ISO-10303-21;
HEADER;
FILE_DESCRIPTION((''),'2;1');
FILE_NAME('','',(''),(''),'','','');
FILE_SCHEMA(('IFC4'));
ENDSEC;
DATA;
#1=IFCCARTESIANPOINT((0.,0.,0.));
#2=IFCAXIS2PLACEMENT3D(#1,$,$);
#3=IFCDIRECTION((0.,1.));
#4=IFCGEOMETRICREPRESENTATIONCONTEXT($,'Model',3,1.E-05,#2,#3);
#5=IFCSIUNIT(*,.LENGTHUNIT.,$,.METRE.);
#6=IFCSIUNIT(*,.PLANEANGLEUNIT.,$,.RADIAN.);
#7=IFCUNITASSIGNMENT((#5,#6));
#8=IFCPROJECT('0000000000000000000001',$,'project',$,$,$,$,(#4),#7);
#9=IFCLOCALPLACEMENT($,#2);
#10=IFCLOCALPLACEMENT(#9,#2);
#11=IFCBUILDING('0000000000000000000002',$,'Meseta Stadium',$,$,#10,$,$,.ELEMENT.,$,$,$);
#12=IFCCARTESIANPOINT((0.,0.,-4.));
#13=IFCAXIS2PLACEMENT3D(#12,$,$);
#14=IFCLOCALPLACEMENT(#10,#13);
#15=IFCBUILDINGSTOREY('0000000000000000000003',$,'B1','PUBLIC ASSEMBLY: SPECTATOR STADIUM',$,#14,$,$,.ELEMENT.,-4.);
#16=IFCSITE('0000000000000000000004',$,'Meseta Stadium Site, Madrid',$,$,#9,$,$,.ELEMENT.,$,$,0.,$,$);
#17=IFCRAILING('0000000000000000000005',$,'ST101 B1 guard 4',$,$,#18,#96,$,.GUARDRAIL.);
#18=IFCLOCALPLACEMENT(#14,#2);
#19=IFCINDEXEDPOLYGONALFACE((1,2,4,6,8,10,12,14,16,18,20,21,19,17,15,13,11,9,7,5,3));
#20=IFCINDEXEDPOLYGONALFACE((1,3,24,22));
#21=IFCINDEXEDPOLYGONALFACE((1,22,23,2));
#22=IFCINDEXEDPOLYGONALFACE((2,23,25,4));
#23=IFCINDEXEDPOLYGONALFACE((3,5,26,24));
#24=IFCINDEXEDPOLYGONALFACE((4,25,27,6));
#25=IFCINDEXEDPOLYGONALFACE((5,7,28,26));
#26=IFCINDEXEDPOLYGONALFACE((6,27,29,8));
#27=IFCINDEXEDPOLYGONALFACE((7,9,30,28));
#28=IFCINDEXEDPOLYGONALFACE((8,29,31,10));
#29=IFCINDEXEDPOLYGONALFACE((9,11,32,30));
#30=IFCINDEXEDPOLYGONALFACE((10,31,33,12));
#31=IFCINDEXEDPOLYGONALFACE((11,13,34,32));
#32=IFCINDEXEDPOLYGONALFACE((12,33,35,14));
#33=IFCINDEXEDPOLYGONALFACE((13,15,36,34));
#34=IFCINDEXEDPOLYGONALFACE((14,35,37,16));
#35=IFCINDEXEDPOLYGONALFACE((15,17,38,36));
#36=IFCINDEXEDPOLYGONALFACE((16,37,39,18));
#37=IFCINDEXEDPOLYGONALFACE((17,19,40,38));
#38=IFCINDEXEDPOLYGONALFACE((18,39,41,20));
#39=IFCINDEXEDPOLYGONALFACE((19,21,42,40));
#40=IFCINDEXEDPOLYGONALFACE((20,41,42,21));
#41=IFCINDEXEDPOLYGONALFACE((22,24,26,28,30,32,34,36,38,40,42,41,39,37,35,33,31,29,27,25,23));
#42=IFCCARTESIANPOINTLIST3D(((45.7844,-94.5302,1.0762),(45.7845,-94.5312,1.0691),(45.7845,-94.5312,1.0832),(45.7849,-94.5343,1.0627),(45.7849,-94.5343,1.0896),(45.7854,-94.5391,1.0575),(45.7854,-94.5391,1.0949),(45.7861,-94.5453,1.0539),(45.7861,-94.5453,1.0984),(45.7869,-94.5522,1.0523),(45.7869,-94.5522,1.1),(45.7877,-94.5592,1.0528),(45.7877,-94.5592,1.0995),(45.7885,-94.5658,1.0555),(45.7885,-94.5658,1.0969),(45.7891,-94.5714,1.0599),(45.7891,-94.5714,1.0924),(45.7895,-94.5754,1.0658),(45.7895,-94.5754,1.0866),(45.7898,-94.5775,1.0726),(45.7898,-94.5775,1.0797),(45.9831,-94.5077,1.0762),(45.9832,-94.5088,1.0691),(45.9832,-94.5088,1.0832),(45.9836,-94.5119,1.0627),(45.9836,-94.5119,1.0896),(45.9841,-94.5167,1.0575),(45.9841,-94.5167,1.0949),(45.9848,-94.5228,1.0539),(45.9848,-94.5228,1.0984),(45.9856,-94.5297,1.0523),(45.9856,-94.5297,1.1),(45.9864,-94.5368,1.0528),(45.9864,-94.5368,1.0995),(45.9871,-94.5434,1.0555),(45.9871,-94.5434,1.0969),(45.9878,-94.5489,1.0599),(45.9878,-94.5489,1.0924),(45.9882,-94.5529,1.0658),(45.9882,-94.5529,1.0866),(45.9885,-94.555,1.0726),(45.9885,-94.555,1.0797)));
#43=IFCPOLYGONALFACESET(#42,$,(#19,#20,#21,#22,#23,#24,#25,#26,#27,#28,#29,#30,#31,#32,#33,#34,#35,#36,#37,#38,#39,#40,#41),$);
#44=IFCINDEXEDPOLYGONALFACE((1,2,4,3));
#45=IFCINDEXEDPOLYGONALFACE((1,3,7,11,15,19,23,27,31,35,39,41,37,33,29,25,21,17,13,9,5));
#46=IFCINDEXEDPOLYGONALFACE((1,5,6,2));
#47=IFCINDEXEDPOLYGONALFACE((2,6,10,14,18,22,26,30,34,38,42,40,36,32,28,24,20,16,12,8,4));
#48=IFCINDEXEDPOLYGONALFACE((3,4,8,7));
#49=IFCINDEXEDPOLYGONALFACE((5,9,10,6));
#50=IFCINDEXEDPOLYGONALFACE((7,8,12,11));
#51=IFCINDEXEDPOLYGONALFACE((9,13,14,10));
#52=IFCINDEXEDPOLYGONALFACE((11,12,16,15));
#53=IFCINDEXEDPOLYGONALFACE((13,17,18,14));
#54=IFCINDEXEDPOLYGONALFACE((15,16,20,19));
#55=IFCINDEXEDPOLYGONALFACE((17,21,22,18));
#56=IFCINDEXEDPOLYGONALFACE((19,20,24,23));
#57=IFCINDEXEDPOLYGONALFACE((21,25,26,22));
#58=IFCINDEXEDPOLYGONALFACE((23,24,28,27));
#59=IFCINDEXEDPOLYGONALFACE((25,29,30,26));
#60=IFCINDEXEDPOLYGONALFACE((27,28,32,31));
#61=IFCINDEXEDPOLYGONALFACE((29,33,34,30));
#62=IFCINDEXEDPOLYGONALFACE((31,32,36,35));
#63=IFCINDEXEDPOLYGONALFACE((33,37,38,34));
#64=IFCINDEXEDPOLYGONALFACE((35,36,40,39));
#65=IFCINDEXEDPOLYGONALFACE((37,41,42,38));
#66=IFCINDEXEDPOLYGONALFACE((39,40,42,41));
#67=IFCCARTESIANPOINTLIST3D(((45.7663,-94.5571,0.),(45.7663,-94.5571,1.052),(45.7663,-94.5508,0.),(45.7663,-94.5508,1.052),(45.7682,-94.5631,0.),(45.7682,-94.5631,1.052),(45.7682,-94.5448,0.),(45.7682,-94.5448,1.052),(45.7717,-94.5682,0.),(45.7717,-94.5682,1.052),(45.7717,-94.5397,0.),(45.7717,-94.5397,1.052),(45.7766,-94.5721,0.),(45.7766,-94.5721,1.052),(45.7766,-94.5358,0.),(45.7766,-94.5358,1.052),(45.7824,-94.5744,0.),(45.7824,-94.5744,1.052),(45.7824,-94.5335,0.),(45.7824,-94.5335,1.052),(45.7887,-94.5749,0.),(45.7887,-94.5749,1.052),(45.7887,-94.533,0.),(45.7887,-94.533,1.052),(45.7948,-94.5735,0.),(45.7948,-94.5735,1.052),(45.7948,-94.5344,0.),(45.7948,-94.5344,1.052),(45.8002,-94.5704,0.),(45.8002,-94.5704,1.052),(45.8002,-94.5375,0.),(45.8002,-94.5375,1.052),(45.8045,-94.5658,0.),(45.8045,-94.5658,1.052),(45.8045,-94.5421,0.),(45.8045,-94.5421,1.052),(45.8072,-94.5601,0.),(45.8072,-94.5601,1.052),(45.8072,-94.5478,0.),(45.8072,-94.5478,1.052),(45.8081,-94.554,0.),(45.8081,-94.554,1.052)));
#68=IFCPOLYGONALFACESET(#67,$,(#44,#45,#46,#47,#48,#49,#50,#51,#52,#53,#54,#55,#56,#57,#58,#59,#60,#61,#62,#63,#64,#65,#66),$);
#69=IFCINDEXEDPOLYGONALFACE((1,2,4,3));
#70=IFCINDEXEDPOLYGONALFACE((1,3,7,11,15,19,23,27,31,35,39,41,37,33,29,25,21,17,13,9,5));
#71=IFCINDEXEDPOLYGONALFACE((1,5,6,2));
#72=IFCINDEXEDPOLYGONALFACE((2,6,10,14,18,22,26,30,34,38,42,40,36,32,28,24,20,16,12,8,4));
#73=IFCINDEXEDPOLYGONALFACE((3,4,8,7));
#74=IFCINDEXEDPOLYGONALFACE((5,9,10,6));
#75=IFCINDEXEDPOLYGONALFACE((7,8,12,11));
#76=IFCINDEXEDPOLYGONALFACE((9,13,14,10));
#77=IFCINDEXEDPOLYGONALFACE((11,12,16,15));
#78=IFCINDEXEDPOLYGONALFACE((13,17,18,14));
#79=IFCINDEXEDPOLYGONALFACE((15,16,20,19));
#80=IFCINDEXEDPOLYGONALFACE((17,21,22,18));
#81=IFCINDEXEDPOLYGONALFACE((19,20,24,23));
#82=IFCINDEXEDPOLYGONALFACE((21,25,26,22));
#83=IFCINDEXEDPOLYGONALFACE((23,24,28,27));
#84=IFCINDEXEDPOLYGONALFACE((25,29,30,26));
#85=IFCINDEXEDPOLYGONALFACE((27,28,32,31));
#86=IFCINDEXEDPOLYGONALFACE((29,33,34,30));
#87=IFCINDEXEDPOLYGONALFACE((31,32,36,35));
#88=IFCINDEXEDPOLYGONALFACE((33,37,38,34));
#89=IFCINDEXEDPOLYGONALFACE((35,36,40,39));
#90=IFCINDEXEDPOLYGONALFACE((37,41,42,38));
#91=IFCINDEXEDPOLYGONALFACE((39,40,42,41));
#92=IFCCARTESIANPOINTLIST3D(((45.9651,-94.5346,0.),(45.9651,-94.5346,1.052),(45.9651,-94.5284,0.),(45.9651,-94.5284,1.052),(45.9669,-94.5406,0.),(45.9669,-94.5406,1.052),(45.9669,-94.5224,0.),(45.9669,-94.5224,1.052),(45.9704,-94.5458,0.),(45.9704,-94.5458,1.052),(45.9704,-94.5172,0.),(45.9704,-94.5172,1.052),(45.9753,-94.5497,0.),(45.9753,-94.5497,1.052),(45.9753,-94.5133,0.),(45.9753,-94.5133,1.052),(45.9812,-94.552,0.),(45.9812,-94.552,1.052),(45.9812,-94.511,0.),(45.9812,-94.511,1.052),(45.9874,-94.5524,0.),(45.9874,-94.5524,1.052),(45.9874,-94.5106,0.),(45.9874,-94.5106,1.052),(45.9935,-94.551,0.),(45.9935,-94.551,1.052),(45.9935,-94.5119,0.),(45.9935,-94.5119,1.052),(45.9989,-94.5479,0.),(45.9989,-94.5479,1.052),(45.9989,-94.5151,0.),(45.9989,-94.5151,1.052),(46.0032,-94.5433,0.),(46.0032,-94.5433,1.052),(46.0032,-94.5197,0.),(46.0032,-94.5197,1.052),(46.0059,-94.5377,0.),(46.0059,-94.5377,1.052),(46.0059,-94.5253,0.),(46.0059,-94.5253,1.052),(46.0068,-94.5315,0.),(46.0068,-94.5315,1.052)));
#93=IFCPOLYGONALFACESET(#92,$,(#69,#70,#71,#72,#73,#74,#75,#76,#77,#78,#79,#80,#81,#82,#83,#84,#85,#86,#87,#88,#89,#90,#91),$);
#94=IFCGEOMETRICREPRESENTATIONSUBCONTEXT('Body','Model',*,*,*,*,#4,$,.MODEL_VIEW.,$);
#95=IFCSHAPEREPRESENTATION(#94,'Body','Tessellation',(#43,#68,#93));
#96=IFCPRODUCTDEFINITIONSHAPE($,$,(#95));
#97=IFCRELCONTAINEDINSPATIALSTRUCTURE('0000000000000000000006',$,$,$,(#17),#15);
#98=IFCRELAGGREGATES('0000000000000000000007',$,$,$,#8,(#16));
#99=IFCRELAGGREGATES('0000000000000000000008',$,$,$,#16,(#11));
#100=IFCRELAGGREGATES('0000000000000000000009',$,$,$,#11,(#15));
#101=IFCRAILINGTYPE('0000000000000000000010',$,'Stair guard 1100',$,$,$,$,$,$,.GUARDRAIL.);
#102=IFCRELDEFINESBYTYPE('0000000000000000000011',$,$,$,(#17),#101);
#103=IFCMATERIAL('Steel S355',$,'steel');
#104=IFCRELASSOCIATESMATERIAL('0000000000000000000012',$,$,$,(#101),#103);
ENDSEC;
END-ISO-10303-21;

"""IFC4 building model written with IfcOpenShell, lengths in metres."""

from ifc_helpers import new_model, si_unit, direction, frame, origin, origin_2d, place, context, subcontext, project, spatial, circle, extrude, material, type_object, element, save


model = new_model("IFC4")

# Units and contexts
model_context = context("Model", 3, precision=1e-05, world=origin(), true_north=direction((0.0, 1.0)))
body_context = subcontext(model_context, "Body", "Model", "MODEL_VIEW")
ifc_project = project(units=[si_unit("LENGTHUNIT", "METRE"), si_unit("PLANEANGLEUNIT", "RADIAN")], contexts=[model_context])

# Site, building, storey
site_placement = place(None, origin())
site = spatial("IfcSite", under=ifc_project, at=site_placement, Name="Meseta Stadium Site, Madrid", CompositionType="ELEMENT", RefElevation=0.0)
building_placement = place(site_placement, origin())
building = spatial("IfcBuilding", under=site, at=building_placement, Name="Meseta Stadium", CompositionType="ELEMENT")
storey_placement = place(building_placement, frame((0.0, 0.0, -4.0)))
storey = spatial("IfcBuildingStorey", under=building, at=storey_placement, Name="B1", Description="PUBLIC ASSEMBLY: SPECTATOR STADIUM", CompositionType="ELEMENT", Elevation=-4.0)

# Railing
ifc_material_1 = material(Name="Steel S355", Category="steel")
railing_type_1 = type_object("IfcRailingType", Name="Stair guard 1100", PredefinedType="GUARDRAIL", material=ifc_material_1)
railing_1_placement = place(storey_placement, frame((45.7871, -94.554, 0.0)))
element("IfcRailing", 1, at=railing_1_placement, inside=storey, type_object=railing_type_1, Name="ST101 B1 guard 4", PredefinedType="GUARDRAIL", context=body_context, shape_type="SweptSolid", body=[
    extrude(circle(Radius=0.0239, at=origin_2d()), frame((0.0, 0.0, 1.0762), z_axis=(0.993674, 0.112307, 0.0), x_axis=(-0.112307, 0.993674, 0.0)), (0.0, 0.0, 1.0), 0.2),
    extrude(circle(Radius=0.021, at=origin_2d()), origin(), (0.0, 0.0, 1.0), 1.052),
    extrude(circle(Radius=0.021, at=origin_2d()), frame((0.1987, 0.0225, 0.0)), (0.0, 0.0, 1.0), 1.052),
])

save(model, "model.ifc")
